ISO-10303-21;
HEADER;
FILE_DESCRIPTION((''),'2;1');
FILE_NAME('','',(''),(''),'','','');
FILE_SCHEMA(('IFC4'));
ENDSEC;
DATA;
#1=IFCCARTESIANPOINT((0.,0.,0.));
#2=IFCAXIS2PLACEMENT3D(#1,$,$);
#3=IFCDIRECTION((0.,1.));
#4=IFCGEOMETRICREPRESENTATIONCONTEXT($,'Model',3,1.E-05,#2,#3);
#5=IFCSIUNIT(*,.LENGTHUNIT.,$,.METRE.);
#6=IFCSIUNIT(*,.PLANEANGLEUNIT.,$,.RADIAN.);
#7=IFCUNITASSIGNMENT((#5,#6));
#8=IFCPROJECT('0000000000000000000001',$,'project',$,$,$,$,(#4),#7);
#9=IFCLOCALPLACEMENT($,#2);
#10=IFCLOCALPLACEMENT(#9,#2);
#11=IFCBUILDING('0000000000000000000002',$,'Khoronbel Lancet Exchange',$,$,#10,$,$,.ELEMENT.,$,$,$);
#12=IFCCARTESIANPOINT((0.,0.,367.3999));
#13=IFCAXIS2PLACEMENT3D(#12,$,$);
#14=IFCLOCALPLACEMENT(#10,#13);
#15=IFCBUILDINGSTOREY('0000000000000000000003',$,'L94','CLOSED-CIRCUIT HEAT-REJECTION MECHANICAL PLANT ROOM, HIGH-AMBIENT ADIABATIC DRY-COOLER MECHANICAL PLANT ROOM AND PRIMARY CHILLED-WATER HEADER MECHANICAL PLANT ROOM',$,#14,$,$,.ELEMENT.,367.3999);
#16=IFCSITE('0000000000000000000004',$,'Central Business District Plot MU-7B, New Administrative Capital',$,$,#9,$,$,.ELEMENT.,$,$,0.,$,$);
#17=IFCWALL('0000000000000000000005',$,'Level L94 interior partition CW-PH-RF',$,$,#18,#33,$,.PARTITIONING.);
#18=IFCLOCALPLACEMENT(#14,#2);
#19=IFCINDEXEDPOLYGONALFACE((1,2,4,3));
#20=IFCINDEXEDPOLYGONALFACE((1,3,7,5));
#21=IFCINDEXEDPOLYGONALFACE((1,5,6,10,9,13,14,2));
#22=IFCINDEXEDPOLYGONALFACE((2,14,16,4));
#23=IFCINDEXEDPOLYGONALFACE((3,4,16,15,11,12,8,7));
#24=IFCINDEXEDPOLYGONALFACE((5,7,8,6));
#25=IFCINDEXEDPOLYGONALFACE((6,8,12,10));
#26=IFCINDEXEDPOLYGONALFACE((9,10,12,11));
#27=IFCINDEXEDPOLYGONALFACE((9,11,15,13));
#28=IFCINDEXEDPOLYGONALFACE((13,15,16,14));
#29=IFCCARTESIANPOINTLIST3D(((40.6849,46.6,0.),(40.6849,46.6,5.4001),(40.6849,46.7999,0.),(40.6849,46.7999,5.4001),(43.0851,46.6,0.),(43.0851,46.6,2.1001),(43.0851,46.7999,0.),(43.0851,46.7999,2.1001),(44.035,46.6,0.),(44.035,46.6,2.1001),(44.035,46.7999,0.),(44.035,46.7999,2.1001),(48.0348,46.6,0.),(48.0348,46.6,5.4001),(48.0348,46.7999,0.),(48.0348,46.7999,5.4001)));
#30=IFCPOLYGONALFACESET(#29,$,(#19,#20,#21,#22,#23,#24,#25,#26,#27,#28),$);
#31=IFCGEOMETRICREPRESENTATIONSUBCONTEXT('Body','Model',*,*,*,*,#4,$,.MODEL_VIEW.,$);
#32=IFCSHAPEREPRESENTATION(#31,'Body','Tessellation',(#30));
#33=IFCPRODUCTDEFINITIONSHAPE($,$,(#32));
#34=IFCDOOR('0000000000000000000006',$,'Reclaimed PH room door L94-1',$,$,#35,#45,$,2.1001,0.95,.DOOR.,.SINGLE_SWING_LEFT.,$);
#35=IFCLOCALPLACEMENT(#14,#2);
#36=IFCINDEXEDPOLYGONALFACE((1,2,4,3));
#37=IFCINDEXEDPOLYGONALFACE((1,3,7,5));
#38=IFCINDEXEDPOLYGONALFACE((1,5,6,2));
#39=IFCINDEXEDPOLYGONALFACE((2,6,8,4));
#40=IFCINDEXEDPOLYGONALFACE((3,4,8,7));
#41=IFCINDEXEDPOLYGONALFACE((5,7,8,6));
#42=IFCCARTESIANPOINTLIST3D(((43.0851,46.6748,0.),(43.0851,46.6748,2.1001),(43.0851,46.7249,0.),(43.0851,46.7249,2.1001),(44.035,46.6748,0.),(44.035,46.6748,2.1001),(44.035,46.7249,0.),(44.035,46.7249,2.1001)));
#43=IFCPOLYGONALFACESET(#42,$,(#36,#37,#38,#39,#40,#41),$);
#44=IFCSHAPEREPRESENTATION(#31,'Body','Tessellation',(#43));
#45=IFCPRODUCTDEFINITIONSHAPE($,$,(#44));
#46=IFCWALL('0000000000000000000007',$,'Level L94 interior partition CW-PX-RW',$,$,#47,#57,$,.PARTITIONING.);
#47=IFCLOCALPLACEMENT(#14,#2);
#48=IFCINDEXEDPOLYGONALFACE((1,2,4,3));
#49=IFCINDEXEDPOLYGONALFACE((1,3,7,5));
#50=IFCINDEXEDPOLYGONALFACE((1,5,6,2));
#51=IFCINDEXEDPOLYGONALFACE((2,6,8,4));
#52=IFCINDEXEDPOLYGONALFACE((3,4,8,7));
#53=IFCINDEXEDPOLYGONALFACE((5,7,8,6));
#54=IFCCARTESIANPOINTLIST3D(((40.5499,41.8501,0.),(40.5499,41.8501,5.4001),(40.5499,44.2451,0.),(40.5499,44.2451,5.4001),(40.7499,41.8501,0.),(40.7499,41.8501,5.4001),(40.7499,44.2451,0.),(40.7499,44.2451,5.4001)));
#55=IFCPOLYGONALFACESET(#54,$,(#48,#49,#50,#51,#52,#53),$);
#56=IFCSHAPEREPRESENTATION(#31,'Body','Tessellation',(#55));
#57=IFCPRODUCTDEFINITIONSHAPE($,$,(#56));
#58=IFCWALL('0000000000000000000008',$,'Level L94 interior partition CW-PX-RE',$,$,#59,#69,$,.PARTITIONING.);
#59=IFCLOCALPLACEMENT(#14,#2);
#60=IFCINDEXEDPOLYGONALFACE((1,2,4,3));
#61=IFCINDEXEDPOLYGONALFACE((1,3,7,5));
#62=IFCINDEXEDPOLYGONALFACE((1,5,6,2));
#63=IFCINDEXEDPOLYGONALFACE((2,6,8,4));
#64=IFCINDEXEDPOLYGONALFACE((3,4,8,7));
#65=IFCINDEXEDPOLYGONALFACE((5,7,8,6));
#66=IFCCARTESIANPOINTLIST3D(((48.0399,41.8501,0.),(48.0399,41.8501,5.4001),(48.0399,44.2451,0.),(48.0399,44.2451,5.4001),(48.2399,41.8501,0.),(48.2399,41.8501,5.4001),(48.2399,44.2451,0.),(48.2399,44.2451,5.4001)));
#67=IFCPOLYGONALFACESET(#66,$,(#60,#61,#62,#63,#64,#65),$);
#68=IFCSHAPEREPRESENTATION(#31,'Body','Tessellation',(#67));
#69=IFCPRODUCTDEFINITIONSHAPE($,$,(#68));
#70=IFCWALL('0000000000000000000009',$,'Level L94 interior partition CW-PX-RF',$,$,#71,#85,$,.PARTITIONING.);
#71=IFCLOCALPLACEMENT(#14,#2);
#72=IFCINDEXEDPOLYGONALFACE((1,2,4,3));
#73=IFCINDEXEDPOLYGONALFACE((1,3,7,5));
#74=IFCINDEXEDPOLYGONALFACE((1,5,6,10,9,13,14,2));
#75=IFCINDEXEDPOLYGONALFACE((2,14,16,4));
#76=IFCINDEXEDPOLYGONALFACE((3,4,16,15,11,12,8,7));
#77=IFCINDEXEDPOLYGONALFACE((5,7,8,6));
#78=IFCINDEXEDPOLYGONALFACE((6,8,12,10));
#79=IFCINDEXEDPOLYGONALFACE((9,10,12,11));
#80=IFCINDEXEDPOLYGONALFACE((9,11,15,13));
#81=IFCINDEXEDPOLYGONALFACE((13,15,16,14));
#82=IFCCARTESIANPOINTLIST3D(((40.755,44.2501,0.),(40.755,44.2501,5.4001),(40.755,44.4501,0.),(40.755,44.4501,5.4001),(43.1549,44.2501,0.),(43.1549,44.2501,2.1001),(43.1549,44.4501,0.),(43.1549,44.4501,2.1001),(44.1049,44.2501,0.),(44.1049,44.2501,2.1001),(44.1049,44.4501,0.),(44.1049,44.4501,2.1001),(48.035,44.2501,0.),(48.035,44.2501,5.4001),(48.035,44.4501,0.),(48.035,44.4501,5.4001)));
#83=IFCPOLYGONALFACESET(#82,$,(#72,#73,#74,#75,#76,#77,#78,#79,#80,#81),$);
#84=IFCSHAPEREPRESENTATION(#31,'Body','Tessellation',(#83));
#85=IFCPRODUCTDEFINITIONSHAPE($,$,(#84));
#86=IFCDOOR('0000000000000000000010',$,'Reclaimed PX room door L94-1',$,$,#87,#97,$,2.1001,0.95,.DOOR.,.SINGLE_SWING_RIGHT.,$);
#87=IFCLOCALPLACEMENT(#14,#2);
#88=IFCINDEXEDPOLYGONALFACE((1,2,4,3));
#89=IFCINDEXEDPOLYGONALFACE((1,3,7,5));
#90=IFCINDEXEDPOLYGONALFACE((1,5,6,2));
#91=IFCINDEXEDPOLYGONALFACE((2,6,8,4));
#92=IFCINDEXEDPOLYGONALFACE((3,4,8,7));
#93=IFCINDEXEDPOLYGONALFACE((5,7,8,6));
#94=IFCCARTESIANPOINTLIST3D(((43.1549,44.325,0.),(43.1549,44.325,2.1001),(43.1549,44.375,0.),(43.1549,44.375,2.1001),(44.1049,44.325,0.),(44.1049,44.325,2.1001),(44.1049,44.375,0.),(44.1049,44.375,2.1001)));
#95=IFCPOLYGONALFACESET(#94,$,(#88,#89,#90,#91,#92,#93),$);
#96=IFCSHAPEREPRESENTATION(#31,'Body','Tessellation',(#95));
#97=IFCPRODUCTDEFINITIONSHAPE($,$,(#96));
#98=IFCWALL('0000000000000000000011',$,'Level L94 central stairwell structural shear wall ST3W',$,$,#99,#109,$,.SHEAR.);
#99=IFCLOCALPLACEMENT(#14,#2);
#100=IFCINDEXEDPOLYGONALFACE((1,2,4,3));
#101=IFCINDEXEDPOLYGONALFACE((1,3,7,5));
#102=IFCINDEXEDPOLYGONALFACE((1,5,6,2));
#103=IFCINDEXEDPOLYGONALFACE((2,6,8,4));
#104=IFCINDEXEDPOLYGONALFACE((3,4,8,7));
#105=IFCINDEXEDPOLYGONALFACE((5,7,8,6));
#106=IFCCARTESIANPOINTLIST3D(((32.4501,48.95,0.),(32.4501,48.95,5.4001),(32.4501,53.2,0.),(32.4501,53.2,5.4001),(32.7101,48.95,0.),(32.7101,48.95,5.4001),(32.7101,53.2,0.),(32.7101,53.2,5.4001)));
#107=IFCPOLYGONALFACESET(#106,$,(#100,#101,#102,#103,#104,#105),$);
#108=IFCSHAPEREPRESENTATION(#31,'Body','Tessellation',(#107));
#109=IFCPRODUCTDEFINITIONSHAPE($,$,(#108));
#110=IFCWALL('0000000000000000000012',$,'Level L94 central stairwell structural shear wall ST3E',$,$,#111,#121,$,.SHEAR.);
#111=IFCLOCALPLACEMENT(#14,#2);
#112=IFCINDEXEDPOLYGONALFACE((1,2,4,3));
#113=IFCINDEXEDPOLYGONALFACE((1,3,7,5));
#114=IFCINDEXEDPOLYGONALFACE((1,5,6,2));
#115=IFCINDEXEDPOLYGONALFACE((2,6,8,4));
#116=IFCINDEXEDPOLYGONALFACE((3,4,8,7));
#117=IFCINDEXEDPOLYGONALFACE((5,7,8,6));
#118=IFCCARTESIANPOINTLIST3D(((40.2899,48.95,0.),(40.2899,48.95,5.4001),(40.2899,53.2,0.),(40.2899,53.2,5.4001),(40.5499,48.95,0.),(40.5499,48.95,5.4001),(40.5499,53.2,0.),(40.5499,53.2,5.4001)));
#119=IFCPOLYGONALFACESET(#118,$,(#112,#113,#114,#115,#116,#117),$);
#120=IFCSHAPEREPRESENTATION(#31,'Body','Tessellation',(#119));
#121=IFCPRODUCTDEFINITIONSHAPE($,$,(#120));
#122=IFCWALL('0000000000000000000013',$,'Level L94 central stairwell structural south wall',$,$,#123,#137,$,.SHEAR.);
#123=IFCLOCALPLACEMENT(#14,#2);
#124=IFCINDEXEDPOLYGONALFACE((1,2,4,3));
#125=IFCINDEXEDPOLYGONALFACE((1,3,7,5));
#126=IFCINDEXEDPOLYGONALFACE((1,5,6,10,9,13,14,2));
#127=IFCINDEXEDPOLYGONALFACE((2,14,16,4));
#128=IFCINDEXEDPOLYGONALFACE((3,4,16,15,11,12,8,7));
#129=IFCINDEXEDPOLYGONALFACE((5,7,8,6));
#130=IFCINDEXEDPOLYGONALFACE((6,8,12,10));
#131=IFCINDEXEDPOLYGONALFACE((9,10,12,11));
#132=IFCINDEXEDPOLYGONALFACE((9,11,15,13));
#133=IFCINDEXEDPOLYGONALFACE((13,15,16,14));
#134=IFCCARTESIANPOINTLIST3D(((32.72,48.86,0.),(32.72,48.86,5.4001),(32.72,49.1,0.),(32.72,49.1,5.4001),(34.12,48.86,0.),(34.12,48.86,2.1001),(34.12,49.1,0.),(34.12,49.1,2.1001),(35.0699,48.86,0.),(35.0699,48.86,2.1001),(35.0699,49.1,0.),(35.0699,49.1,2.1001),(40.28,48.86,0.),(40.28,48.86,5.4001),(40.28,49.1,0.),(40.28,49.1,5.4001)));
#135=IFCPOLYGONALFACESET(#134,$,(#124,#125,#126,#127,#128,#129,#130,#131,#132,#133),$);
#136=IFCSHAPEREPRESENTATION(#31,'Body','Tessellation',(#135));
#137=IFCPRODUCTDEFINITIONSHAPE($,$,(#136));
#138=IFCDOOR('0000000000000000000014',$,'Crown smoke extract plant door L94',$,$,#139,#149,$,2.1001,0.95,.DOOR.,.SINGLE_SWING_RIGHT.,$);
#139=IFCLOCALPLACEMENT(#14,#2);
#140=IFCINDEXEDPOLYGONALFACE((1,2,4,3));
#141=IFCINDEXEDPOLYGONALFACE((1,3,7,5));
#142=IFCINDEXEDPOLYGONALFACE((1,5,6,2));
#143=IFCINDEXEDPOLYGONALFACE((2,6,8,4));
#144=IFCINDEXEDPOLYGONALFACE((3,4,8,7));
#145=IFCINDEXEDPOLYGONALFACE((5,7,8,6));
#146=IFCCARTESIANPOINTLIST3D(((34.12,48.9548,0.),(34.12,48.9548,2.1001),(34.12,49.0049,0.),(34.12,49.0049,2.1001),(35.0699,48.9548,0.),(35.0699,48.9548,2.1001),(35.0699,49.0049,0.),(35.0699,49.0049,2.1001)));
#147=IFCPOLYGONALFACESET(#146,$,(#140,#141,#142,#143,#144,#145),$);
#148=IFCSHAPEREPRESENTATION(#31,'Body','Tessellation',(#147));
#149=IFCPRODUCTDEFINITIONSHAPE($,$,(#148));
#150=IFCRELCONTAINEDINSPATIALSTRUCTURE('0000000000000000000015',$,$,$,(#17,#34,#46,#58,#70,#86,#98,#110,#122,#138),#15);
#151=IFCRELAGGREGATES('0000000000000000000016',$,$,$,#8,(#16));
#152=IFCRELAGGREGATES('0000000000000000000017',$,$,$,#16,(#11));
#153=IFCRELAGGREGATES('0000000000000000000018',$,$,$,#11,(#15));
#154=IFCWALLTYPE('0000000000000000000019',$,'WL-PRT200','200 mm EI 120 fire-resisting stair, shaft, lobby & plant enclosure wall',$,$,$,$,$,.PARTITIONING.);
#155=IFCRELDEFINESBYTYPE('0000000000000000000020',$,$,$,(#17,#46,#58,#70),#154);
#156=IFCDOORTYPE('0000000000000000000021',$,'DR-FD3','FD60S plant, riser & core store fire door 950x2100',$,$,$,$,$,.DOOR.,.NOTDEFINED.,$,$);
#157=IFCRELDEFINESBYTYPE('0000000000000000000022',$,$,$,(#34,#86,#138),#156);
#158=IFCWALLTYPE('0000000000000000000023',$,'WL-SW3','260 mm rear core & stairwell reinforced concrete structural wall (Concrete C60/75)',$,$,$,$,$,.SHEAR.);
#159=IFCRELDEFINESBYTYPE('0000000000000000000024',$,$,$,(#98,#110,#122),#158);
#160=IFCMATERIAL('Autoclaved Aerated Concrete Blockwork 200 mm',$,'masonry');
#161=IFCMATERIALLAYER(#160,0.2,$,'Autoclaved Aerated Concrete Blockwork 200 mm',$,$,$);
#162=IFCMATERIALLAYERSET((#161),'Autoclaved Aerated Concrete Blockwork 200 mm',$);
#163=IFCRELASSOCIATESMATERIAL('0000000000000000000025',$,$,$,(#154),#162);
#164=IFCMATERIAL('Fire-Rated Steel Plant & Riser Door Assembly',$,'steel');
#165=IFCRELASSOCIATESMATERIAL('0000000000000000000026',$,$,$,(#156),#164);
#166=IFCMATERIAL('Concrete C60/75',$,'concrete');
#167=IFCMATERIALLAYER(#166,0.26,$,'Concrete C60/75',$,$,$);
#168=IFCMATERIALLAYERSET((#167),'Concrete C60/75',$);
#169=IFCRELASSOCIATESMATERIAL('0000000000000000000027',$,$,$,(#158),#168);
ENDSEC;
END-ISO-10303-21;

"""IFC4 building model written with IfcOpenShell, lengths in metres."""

from ifc_helpers import new_model, si_unit, direction, frame, frame_2d, origin, place, context, subcontext, project, spatial, rectangle, extrude, material, layer, layer_set, type_object, element, fill, save


model = new_model("IFC4")

# Units and contexts
model_context = context("Model", 3, precision=1e-05, world=origin(), true_north=direction((0.0, 1.0)))
body_context = subcontext(model_context, "Body", "Model", "MODEL_VIEW")
ifc_project = project(units=[si_unit("LENGTHUNIT", "METRE"), si_unit("PLANEANGLEUNIT", "RADIAN")], contexts=[model_context])

# Site, building, storey
site_placement = place(None, origin())
site = spatial("IfcSite", under=ifc_project, at=site_placement, Name="Central Business District Plot MU-7B, New Administrative Capital", CompositionType="ELEMENT", RefElevation=0.0)
building_placement = place(site_placement, origin())
building = spatial("IfcBuilding", under=site, at=building_placement, Name="Khoronbel Lancet Exchange", CompositionType="ELEMENT")
storey_placement = place(building_placement, frame((0.0, 0.0, 367.3999)))
storey = spatial("IfcBuildingStorey", under=building, at=storey_placement, Name="L94", Description="CLOSED-CIRCUIT HEAT-REJECTION MECHANICAL PLANT ROOM, HIGH-AMBIENT ADIABATIC DRY-COOLER MECHANICAL PLANT ROOM AND PRIMARY CHILLED-WATER HEADER MECHANICAL PLANT ROOM", CompositionType="ELEMENT", Elevation=367.3999)

# Shared definitions
ifc_material_1 = material(Name="Concrete C60/75", Category="concrete")

# Shared definitions
ifc_material_2 = material(Name="Autoclaved Aerated Concrete Blockwork 200 mm", Category="masonry")
ifc_layer_1 = layer(ifc_material_2, 0.2, Name="Autoclaved Aerated Concrete Blockwork 200 mm")
ifc_layer_set_1 = layer_set([ifc_layer_1], Name="Autoclaved Aerated Concrete Blockwork 200 mm")
wall_type_1 = type_object("IfcWallType", Name="WL-PRT200", Description="200 mm EI 120 fire-resisting stair, shaft, lobby & plant enclosure wall", PredefinedType="PARTITIONING", material=ifc_layer_set_1)

# Wall, opening, door
wall_1_placement = place(storey_placement, frame((40.6851, 46.7, 0.0), z_axis=(0.0, 0.0, 1.0), x_axis=(1.0, 0.0, 0.0)))
wall_1 = element("IfcWall", 1, at=wall_1_placement, inside=storey, type_object=wall_type_1, Name="Level L94 interior partition CW-PH-RF", PredefinedType="PARTITIONING", context=body_context, shape_type="SweptSolid", body=[
    extrude(rectangle(XDim=7.3499, YDim=0.2, at=frame_2d((3.6748, 0.0))), origin(), (0.0, 0.0, 1.0), 5.4001),
])
opening_1_placement = place(wall_1_placement, frame((2.3999, 0.0, 0.0)))
opening_1 = element("IfcOpeningElement", 2, at=opening_1_placement, cuts=wall_1, PredefinedType="OPENING", context=body_context, shape_type="SweptSolid", body=[
    extrude(rectangle(XDim=0.95, YDim=2.1001, at=frame_2d((0.4751, 1.05))), frame((0.0, 0.1099, 0.0), z_axis=(0.0, -1.0, 0.0), x_axis=(1.0, 0.0, 0.0)), (0.0, 0.0, 1.0), 0.22),
])
ifc_material_3 = material(Name="Fire-Rated Steel Plant & Riser Door Assembly", Category="steel")
door_type = type_object("IfcDoorType", Name="DR-FD3", Description="FD60S plant, riser & core store fire door 950x2100", OperationType="NOTDEFINED", PredefinedType="DOOR", material=ifc_material_3)
door_1_placement = place(opening_1_placement, origin())
door_1 = element("IfcDoor", 3, at=door_1_placement, inside=storey, type_object=door_type, Name="Reclaimed PH room door L94-1", OperationType="SINGLE_SWING_LEFT", OverallHeight=2.1001, OverallWidth=0.95, PredefinedType="DOOR", context=body_context, shape_type="SweptSolid", body=[
    extrude(rectangle(XDim=0.95, YDim=2.1001, at=frame_2d((0.4751, 1.05))), frame((0.0, 0.0249, 0.0), z_axis=(0.0, -1.0, 0.0), x_axis=(1.0, 0.0, 0.0)), (0.0, 0.0, 1.0), 0.05),
])
fill(opening_1, door_1)

# Walls
for number, where, z_axis, x_axis, name in (
    (4, (40.6499, 41.8501, 0.0), (0.0, 0.0, 1.0), (0.0, 1.0, 0.0), "Level L94 interior partition CW-PX-RW"),
    (5, (48.1399, 41.8501, 0.0), (0.0, 0.0, 1.0), (0.0, 1.0, 0.0), "Level L94 interior partition CW-PX-RE"),
):
    element("IfcWall", number, at=place(storey_placement, frame(where, z_axis=z_axis, x_axis=x_axis)), inside=storey, type_object=wall_type_1, Name=name, PredefinedType="PARTITIONING", context=body_context, shape_type="SweptSolid", body=[
        extrude(rectangle(XDim=2.395, YDim=0.2, at=frame_2d((1.1975, 0.0))), origin(), (0.0, 0.0, 1.0), 5.4001),
    ])

# Wall, opening, door
wall_2_placement = place(storey_placement, frame((40.7549, 44.3501, 0.0), z_axis=(0.0, 0.0, 1.0), x_axis=(1.0, 0.0, 0.0)))
wall_2 = element("IfcWall", 6, at=wall_2_placement, inside=storey, type_object=wall_type_1, Name="Level L94 interior partition CW-PX-RF", PredefinedType="PARTITIONING", context=body_context, shape_type="SweptSolid", body=[
    extrude(rectangle(XDim=7.28, YDim=0.2, at=frame_2d((3.6401, 0.0))), origin(), (0.0, 0.0, 1.0), 5.4001),
])
opening_2_placement = place(wall_2_placement, frame((2.3999, 0.0, 0.0)))
opening_2 = element("IfcOpeningElement", 7, at=opening_2_placement, cuts=wall_2, PredefinedType="OPENING", context=body_context, shape_type="SweptSolid", body=[
    extrude(rectangle(XDim=0.95, YDim=2.1001, at=frame_2d((0.4751, 1.05))), frame((0.0, 0.1099, 0.0), z_axis=(0.0, -1.0, 0.0), x_axis=(1.0, 0.0, 0.0)), (0.0, 0.0, 1.0), 0.22),
])
door_2_placement = place(opening_2_placement, origin())
door_2 = element("IfcDoor", 8, at=door_2_placement, inside=storey, type_object=door_type, Name="Reclaimed PX room door L94-1", OperationType="SINGLE_SWING_RIGHT", OverallHeight=2.1001, OverallWidth=0.95, PredefinedType="DOOR", context=body_context, shape_type="SweptSolid", body=[
    extrude(rectangle(XDim=0.95, YDim=2.1001, at=frame_2d((0.4751, 1.05))), frame((0.0, 0.0249, 0.0), z_axis=(0.0, -1.0, 0.0), x_axis=(1.0, 0.0, 0.0)), (0.0, 0.0, 1.0), 0.05),
])
fill(opening_2, door_2)

# Walls
ifc_layer_2 = layer(ifc_material_1, 0.26, Name="Concrete C60/75")
ifc_layer_set_2 = layer_set([ifc_layer_2], Name="Concrete C60/75")
wall_type_2 = type_object("IfcWallType", Name="WL-SW3", Description="260 mm rear core & stairwell reinforced concrete structural wall (Concrete C60/75)", PredefinedType="SHEAR", material=ifc_layer_set_2)
for number, where, z_axis, x_axis, name in (
    (9, (32.5801, 48.95, 0.0), (0.0, 0.0, 1.0), (0.0, 1.0, 0.0), "Level L94 central stairwell structural shear wall ST3W"),
    (10, (40.4199, 48.95, 0.0), (0.0, 0.0, 1.0), (0.0, 1.0, 0.0), "Level L94 central stairwell structural shear wall ST3E"),
):
    element("IfcWall", number, at=place(storey_placement, frame(where, z_axis=z_axis, x_axis=x_axis)), inside=storey, type_object=wall_type_2, Name=name, PredefinedType="SHEAR", context=body_context, shape_type="SweptSolid", body=[
        extrude(rectangle(XDim=4.25, YDim=0.26, at=frame_2d((2.125, 0.0))), origin(), (0.0, 0.0, 1.0), 5.4001),
    ])

# Wall, opening, door
wall_3_placement = place(storey_placement, frame((32.72, 48.98, 0.0), z_axis=(0.0, 0.0, 1.0), x_axis=(1.0, 0.0, 0.0)))
wall_3 = element("IfcWall", 11, at=wall_3_placement, inside=storey, type_object=wall_type_2, Name="Level L94 central stairwell structural south wall", PredefinedType="SHEAR", context=body_context, shape_type="SweptSolid", body=[
    extrude(rectangle(XDim=7.5601, YDim=0.24, at=frame_2d((3.78, 0.0))), origin(), (0.0, 0.0, 1.0), 5.4001),
])
opening_3_placement = place(wall_3_placement, frame((1.3999, 0.0, 0.0)))
opening_3 = element("IfcOpeningElement", 12, at=opening_3_placement, cuts=wall_3, PredefinedType="OPENING", context=body_context, shape_type="SweptSolid", body=[
    extrude(rectangle(XDim=0.95, YDim=2.1001, at=frame_2d((0.4751, 1.05))), frame((0.0, 0.1299, 0.0), z_axis=(0.0, -1.0, 0.0), x_axis=(1.0, 0.0, 0.0)), (0.0, 0.0, 1.0), 0.26),
])
door_3_placement = place(opening_3_placement, origin())
door_3 = element("IfcDoor", 13, at=door_3_placement, inside=storey, type_object=door_type, Name="Crown smoke extract plant door L94", OperationType="SINGLE_SWING_RIGHT", OverallHeight=2.1001, OverallWidth=0.95, PredefinedType="DOOR", context=body_context, shape_type="SweptSolid", body=[
    extrude(rectangle(XDim=0.95, YDim=2.1001, at=frame_2d((0.4751, 1.05))), frame((0.0, 0.0249, 0.0), z_axis=(0.0, -1.0, 0.0), x_axis=(1.0, 0.0, 0.0)), (0.0, 0.0, 1.0), 0.05),
])
fill(opening_3, door_3)

save(model, "model.ifc")
